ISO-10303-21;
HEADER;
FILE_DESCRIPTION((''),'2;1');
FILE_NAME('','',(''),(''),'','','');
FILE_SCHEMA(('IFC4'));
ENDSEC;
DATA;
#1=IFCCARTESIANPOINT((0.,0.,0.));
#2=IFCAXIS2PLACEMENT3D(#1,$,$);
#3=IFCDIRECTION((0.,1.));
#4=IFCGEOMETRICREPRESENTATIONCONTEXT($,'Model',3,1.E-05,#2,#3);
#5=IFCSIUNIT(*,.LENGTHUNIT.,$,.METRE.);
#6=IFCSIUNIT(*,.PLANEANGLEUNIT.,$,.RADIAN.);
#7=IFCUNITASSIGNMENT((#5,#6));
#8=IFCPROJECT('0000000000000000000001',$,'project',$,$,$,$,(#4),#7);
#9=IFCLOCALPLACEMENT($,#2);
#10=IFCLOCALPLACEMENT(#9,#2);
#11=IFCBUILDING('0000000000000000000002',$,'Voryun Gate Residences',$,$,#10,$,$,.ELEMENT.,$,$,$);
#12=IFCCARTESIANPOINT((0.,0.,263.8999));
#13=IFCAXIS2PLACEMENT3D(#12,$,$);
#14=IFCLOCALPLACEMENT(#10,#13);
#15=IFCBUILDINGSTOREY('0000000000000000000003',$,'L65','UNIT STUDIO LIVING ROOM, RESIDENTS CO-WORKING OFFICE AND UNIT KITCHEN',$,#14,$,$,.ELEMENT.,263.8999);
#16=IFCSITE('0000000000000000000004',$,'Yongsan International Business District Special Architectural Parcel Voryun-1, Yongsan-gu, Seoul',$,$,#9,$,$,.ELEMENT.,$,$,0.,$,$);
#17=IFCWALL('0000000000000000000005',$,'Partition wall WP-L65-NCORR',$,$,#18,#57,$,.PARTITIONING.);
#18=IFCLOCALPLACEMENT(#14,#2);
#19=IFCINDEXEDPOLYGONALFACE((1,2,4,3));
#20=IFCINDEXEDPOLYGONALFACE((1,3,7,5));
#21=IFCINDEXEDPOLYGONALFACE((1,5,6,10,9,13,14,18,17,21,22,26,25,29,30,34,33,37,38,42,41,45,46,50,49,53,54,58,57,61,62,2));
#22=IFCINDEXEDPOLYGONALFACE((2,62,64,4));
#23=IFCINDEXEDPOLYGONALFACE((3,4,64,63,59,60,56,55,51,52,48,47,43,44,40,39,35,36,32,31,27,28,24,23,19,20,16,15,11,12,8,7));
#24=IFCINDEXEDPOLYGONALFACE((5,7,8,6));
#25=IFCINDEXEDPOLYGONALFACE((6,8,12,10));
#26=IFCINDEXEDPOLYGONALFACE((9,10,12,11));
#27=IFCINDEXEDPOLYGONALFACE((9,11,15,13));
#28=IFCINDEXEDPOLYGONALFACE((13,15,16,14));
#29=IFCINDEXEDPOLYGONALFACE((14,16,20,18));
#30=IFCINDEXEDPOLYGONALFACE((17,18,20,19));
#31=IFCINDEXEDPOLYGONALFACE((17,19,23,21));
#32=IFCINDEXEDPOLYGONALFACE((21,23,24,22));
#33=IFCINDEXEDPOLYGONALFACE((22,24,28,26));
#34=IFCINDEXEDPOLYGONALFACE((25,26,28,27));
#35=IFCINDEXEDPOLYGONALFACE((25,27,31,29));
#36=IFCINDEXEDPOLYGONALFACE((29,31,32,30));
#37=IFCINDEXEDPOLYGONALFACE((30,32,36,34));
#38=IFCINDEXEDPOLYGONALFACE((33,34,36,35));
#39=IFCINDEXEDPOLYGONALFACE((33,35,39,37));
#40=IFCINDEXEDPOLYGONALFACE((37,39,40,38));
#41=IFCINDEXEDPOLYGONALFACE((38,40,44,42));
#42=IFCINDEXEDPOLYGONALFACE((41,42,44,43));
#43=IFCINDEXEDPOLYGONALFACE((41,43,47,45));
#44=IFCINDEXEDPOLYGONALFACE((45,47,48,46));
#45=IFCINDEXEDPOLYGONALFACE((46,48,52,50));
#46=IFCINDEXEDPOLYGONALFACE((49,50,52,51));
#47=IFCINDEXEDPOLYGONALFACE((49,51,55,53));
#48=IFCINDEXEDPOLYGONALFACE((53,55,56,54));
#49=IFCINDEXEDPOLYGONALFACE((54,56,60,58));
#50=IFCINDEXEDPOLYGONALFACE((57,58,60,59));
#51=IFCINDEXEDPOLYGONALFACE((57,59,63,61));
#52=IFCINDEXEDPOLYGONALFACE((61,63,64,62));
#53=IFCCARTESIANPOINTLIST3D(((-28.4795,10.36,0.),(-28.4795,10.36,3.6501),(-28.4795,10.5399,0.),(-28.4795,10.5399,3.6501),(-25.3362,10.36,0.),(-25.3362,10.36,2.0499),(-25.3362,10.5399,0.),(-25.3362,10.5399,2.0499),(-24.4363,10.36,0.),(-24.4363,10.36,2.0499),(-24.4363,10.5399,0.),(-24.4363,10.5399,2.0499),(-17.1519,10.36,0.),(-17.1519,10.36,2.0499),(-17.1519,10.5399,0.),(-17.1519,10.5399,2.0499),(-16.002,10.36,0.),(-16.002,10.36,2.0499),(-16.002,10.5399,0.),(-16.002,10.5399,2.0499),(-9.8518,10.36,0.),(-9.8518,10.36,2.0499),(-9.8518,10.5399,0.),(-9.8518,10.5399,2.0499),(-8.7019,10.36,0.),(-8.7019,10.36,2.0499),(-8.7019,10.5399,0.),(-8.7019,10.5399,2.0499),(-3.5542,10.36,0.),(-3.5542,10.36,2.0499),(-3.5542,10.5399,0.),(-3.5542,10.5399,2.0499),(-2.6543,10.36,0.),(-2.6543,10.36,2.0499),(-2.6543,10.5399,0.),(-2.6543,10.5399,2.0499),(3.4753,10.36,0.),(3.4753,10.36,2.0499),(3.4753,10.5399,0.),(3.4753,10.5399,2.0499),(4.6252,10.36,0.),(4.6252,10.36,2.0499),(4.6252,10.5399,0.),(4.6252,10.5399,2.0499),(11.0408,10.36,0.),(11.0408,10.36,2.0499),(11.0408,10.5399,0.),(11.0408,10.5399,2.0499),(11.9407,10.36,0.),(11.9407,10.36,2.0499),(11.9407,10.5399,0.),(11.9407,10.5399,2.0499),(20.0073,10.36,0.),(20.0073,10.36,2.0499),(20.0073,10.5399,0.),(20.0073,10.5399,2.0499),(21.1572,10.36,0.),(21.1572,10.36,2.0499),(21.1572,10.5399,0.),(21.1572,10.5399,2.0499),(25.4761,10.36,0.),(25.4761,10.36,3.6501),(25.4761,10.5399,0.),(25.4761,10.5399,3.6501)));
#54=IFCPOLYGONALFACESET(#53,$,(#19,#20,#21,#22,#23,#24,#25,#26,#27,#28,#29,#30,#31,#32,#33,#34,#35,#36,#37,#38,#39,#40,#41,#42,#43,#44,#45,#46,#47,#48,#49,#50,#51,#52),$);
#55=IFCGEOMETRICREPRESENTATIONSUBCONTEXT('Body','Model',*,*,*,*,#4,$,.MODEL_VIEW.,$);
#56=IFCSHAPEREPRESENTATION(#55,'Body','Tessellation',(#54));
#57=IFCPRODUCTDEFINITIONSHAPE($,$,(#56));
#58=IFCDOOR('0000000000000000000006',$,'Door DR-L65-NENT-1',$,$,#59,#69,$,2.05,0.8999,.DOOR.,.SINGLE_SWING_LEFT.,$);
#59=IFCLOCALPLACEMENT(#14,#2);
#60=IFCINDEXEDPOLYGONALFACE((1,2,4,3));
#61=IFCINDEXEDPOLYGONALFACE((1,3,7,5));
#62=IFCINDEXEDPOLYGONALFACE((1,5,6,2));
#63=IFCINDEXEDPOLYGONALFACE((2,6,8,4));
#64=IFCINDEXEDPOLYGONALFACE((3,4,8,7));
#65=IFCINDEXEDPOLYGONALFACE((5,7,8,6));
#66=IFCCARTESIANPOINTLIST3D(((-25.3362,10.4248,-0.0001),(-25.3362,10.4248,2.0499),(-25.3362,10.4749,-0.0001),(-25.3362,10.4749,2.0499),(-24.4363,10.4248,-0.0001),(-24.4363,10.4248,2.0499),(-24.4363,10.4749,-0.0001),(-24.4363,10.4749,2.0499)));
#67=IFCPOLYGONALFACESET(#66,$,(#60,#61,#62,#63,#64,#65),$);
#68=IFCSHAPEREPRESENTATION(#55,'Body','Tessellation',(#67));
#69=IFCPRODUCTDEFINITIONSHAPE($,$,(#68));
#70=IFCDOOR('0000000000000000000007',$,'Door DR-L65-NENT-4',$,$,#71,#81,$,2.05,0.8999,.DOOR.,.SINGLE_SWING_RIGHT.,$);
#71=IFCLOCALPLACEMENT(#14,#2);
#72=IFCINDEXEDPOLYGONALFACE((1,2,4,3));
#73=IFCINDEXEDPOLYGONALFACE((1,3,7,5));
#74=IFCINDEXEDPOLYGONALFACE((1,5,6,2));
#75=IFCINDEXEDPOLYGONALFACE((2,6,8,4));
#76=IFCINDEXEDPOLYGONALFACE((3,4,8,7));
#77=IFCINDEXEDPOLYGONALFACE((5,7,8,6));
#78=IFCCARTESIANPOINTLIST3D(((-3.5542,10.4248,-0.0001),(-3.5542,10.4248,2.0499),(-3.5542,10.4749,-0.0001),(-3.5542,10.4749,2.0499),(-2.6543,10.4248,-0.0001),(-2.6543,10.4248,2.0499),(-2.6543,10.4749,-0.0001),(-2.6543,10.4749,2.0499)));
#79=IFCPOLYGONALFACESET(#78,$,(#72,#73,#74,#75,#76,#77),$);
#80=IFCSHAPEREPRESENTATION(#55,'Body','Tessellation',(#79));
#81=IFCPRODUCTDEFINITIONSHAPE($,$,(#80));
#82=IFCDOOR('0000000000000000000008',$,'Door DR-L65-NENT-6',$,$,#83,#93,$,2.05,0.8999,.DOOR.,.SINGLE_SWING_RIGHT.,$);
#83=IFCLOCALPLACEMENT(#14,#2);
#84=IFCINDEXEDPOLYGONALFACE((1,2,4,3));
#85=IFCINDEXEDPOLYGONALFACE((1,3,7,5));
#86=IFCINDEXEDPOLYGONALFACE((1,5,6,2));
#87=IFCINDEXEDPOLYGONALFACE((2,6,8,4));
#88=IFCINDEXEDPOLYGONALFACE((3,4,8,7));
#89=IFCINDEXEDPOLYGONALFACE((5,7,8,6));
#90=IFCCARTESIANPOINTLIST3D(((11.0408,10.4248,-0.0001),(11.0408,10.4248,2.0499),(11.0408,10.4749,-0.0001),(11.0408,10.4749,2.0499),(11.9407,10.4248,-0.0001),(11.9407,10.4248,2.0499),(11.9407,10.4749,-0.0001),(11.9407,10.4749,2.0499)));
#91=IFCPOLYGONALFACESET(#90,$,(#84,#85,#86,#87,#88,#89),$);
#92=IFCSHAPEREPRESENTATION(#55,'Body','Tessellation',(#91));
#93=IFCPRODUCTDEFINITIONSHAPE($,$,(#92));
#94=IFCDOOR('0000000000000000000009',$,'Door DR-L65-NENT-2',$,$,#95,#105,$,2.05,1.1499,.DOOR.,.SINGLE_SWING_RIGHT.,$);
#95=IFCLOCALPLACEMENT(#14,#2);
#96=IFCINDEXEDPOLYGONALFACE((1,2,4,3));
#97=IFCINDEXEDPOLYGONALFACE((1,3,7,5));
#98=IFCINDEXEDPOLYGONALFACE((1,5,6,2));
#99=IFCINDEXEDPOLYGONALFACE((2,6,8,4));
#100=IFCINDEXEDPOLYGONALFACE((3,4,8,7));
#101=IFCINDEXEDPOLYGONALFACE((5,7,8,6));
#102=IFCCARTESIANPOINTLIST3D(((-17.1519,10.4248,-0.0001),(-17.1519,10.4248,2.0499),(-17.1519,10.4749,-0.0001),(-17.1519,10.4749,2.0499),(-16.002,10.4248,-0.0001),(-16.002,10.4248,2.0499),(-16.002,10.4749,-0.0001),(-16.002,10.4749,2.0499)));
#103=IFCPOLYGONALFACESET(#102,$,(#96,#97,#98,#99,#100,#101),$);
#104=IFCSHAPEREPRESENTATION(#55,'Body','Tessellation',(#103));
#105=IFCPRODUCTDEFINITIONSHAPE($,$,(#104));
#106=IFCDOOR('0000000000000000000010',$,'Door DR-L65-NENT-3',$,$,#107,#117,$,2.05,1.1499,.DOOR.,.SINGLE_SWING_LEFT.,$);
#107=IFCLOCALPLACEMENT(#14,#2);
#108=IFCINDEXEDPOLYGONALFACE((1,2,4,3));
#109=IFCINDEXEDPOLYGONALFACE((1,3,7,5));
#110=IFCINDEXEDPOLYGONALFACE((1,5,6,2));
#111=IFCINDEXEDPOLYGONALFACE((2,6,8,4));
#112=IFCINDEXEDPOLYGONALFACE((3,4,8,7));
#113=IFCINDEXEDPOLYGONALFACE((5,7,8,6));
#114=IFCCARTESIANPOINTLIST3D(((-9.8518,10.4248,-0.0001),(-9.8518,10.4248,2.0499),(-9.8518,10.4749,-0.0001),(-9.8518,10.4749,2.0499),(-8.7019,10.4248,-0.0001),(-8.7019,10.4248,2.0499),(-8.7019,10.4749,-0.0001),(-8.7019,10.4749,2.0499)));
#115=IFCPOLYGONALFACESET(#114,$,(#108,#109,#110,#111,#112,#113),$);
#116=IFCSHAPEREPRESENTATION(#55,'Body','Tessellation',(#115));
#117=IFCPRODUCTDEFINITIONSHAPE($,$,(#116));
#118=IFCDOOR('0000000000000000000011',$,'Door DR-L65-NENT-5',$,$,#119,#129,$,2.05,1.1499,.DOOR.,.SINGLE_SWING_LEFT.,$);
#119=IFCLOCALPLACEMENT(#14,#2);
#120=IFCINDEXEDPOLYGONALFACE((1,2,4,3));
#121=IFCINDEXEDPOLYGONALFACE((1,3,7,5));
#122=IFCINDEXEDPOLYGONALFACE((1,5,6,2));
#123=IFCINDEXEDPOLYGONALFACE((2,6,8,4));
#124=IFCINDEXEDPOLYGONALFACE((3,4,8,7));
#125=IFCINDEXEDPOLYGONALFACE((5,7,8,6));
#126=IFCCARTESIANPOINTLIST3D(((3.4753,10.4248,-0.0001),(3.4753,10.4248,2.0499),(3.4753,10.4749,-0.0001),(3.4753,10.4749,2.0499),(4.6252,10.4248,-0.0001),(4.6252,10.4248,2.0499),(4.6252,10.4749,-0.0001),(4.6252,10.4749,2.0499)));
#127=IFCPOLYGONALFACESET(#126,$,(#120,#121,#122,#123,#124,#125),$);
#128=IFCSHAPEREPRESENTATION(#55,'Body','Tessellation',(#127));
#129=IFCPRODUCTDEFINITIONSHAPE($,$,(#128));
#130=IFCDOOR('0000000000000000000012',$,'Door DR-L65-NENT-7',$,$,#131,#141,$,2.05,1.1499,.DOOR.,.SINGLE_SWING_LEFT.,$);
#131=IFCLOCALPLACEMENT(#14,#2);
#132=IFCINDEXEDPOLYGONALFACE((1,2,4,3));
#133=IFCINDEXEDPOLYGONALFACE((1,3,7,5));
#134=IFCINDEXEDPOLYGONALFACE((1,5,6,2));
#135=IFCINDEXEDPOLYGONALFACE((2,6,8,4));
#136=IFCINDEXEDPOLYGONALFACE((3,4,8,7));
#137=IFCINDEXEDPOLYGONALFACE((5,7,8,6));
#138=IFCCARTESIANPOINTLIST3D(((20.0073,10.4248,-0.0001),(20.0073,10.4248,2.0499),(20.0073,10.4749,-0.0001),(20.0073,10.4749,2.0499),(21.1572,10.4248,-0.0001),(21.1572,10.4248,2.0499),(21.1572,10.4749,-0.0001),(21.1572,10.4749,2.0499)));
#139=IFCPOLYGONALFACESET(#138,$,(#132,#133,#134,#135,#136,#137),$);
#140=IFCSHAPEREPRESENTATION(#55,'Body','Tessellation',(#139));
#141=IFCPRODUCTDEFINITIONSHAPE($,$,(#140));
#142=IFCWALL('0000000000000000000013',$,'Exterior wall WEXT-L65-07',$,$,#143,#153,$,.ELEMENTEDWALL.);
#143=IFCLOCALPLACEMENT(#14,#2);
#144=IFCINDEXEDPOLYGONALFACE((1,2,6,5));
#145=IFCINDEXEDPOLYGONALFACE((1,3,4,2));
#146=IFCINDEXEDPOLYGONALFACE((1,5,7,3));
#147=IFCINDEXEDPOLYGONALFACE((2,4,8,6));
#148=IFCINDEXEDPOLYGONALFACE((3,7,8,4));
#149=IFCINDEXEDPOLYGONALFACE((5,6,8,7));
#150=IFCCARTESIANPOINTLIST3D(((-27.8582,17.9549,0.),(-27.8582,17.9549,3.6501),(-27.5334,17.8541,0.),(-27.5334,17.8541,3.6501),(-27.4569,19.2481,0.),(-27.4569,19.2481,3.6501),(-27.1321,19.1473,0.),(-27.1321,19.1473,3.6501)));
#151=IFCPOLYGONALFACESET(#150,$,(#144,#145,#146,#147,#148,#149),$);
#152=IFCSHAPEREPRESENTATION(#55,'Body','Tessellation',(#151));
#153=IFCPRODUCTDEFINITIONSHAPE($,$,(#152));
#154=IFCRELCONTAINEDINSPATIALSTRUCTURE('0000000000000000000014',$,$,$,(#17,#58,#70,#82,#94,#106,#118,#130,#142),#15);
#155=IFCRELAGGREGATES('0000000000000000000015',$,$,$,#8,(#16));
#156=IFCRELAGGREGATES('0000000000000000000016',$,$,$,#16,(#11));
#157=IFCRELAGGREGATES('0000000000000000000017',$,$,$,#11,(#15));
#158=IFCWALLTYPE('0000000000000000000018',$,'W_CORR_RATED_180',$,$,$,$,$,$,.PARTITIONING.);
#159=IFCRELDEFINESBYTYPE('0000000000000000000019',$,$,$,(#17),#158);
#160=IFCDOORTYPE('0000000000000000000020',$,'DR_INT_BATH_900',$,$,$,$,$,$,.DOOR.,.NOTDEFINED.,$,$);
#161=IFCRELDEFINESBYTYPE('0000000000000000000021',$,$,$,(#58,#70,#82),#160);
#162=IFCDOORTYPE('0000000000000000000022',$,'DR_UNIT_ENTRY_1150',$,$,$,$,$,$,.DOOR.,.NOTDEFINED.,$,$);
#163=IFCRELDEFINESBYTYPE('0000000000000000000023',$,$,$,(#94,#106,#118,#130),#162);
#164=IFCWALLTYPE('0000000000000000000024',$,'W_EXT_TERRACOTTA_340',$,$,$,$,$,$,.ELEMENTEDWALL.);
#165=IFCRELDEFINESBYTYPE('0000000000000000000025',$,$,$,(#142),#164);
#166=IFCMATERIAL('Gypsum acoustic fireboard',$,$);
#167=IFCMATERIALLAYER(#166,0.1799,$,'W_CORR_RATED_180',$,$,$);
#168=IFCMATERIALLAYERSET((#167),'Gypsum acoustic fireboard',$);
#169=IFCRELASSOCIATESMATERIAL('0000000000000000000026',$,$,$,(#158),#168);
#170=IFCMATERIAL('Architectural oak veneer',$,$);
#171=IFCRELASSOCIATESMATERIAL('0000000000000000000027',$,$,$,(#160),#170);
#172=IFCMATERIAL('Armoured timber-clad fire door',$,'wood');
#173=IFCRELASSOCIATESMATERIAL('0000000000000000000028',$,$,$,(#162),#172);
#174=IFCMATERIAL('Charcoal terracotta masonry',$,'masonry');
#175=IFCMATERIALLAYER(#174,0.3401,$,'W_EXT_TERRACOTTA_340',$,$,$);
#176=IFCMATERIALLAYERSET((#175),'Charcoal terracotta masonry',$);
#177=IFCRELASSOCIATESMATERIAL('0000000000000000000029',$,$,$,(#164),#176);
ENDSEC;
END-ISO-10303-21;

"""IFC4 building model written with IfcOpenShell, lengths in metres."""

from ifc_helpers import new_model, si_unit, direction, frame, frame_2d, origin, place, context, subcontext, project, spatial, rectangle, extrude, material, layer, layer_set, type_object, element, fill, save


model = new_model("IFC4")

# Units and contexts
model_context = context("Model", 3, precision=1e-05, world=origin(), true_north=direction((0.0, 1.0)))
body_context = subcontext(model_context, "Body", "Model", "MODEL_VIEW")
ifc_project = project(units=[si_unit("LENGTHUNIT", "METRE"), si_unit("PLANEANGLEUNIT", "RADIAN")], contexts=[model_context])

# Site, building, storey
site_placement = place(None, origin())
site = spatial("IfcSite", under=ifc_project, at=site_placement, Name="Yongsan International Business District Special Architectural Parcel Voryun-1, Yongsan-gu, Seoul", CompositionType="ELEMENT", RefElevation=0.0)
building_placement = place(site_placement, origin())
building = spatial("IfcBuilding", under=site, at=building_placement, Name="Voryun Gate Residences", CompositionType="ELEMENT")
storey_placement = place(building_placement, frame((0.0, 0.0, 263.8999)))
storey = spatial("IfcBuildingStorey", under=building, at=storey_placement, Name="L65", Description="UNIT STUDIO LIVING ROOM, RESIDENTS CO-WORKING OFFICE AND UNIT KITCHEN", CompositionType="ELEMENT", Elevation=263.8999)

# Wall, openings, doors
ifc_material_1 = material(Name="Gypsum acoustic fireboard")
ifc_layer_1 = layer(ifc_material_1, 0.1799, Name="W_CORR_RATED_180")
ifc_layer_set_1 = layer_set([ifc_layer_1], Name="Gypsum acoustic fireboard")
wall_type_1 = type_object("IfcWallType", Name="W_CORR_RATED_180", PredefinedType="PARTITIONING", material=ifc_layer_set_1)
wall_1_placement = place(storey_placement, frame((-28.4795, 10.45, 0.0), z_axis=(0.0, 0.0, 1.0), x_axis=(1.0, 0.0, 0.0)))
wall_1 = element("IfcWall", 1, at=wall_1_placement, inside=storey, type_object=wall_type_1, Name="Partition wall WP-L65-NCORR", PredefinedType="PARTITIONING", context=body_context, shape_type="SweptSolid", body=[
    extrude(rectangle(XDim=53.9556, YDim=0.1799, at=frame_2d((26.9778, 0.0))), origin(), (0.0, 0.0, 1.0), 3.6501),
])
opening_1_placement = place(wall_1_placement, frame((3.1433, 0.0, 0.0)))
opening_1 = element("IfcOpeningElement", 2, at=opening_1_placement, cuts=wall_1, PredefinedType="OPENING", context=body_context, shape_type="SweptSolid", body=[
    extrude(rectangle(XDim=0.8999, YDim=2.05, at=frame_2d((0.45, 1.0249))), frame((0.0, 0.0999, 0.0), z_axis=(0.0, -1.0, 0.0), x_axis=(1.0, 0.0, 0.0)), (0.0, 0.0, 1.0), 0.2),
])
opening_2_placement = place(wall_1_placement, frame((11.3276, 0.0, 0.0)))
opening_2 = element("IfcOpeningElement", 3, at=opening_2_placement, cuts=wall_1, PredefinedType="OPENING", context=body_context, shape_type="SweptSolid", body=[
    extrude(rectangle(XDim=1.1499, YDim=2.05, at=frame_2d((0.575, 1.0249))), frame((0.0, 0.0999, 0.0), z_axis=(0.0, -1.0, 0.0), x_axis=(1.0, 0.0, 0.0)), (0.0, 0.0, 1.0), 0.2),
])
opening_3_placement = place(wall_1_placement, frame((18.6277, 0.0, 0.0)))
opening_3 = element("IfcOpeningElement", 4, at=opening_3_placement, cuts=wall_1, PredefinedType="OPENING", context=body_context, shape_type="SweptSolid", body=[
    extrude(rectangle(XDim=1.1499, YDim=2.05, at=frame_2d((0.575, 1.0249))), frame((0.0, 0.0999, 0.0), z_axis=(0.0, -1.0, 0.0), x_axis=(1.0, 0.0, 0.0)), (0.0, 0.0, 1.0), 0.2),
])
opening_4_placement = place(wall_1_placement, frame((24.9253, 0.0, 0.0)))
opening_4 = element("IfcOpeningElement", 5, at=opening_4_placement, cuts=wall_1, PredefinedType="OPENING", context=body_context, shape_type="SweptSolid", body=[
    extrude(rectangle(XDim=0.8999, YDim=2.05, at=frame_2d((0.45, 1.0249))), frame((0.0, 0.0999, 0.0), z_axis=(0.0, -1.0, 0.0), x_axis=(1.0, 0.0, 0.0)), (0.0, 0.0, 1.0), 0.2),
])
opening_5_placement = place(wall_1_placement, frame((31.9548, 0.0, 0.0)))
opening_5 = element("IfcOpeningElement", 6, at=opening_5_placement, cuts=wall_1, PredefinedType="OPENING", context=body_context, shape_type="SweptSolid", body=[
    extrude(rectangle(XDim=1.1499, YDim=2.05, at=frame_2d((0.575, 1.0249))), frame((0.0, 0.0999, 0.0), z_axis=(0.0, -1.0, 0.0), x_axis=(1.0, 0.0, 0.0)), (0.0, 0.0, 1.0), 0.2),
])
opening_6_placement = place(wall_1_placement, frame((39.5203, 0.0, 0.0)))
opening_6 = element("IfcOpeningElement", 7, at=opening_6_placement, cuts=wall_1, PredefinedType="OPENING", context=body_context, shape_type="SweptSolid", body=[
    extrude(rectangle(XDim=0.8999, YDim=2.05, at=frame_2d((0.45, 1.0249))), frame((0.0, 0.0999, 0.0), z_axis=(0.0, -1.0, 0.0), x_axis=(1.0, 0.0, 0.0)), (0.0, 0.0, 1.0), 0.2),
])
opening_7_placement = place(wall_1_placement, frame((48.4868, 0.0, 0.0)))
opening_7 = element("IfcOpeningElement", 8, at=opening_7_placement, cuts=wall_1, PredefinedType="OPENING", context=body_context, shape_type="SweptSolid", body=[
    extrude(rectangle(XDim=1.1499, YDim=2.05, at=frame_2d((0.575, 1.0249))), frame((0.0, 0.0999, 0.0), z_axis=(0.0, -1.0, 0.0), x_axis=(1.0, 0.0, 0.0)), (0.0, 0.0, 1.0), 0.2),
])
ifc_material_2 = material(Name="Architectural oak veneer")
door_type_1 = type_object("IfcDoorType", Name="DR_INT_BATH_900", OperationType="NOTDEFINED", PredefinedType="DOOR", material=ifc_material_2)
door_1_placement = place(opening_1_placement, origin())
door_1 = element("IfcDoor", 9, at=door_1_placement, inside=storey, type_object=door_type_1, Name="Door DR-L65-NENT-1", OperationType="SINGLE_SWING_LEFT", OverallHeight=2.05, OverallWidth=0.8999, PredefinedType="DOOR", context=body_context, shape_type="SweptSolid", body=[
    extrude(rectangle(XDim=0.8999, YDim=2.05, at=frame_2d((0.45, 1.0249))), frame((0.0, 0.0249, 0.0), z_axis=(0.0, -1.0, 0.0), x_axis=(1.0, 0.0, 0.0)), (0.0, 0.0, 1.0), 0.05),
])
fill(opening_1, door_1)
door_2_placement = place(opening_4_placement, origin())
door_2 = element("IfcDoor", 10, at=door_2_placement, inside=storey, type_object=door_type_1, Name="Door DR-L65-NENT-4", OperationType="SINGLE_SWING_RIGHT", OverallHeight=2.05, OverallWidth=0.8999, PredefinedType="DOOR", context=body_context, shape_type="SweptSolid", body=[
    extrude(rectangle(XDim=0.8999, YDim=2.05, at=frame_2d((0.45, 1.0249))), frame((0.0, 0.0249, 0.0), z_axis=(0.0, -1.0, 0.0), x_axis=(1.0, 0.0, 0.0)), (0.0, 0.0, 1.0), 0.05),
])
fill(opening_4, door_2)
door_3_placement = place(opening_6_placement, origin())
door_3 = element("IfcDoor", 11, at=door_3_placement, inside=storey, type_object=door_type_1, Name="Door DR-L65-NENT-6", OperationType="SINGLE_SWING_RIGHT", OverallHeight=2.05, OverallWidth=0.8999, PredefinedType="DOOR", context=body_context, shape_type="SweptSolid", body=[
    extrude(rectangle(XDim=0.8999, YDim=2.05, at=frame_2d((0.45, 1.0249))), frame((0.0, 0.0249, 0.0), z_axis=(0.0, -1.0, 0.0), x_axis=(1.0, 0.0, 0.0)), (0.0, 0.0, 1.0), 0.05),
])
fill(opening_6, door_3)
ifc_material_3 = material(Name="Armoured timber-clad fire door", Category="wood")
door_type_2 = type_object("IfcDoorType", Name="DR_UNIT_ENTRY_1150", OperationType="NOTDEFINED", PredefinedType="DOOR", material=ifc_material_3)
door_4_placement = place(opening_2_placement, origin())
door_4 = element("IfcDoor", 12, at=door_4_placement, inside=storey, type_object=door_type_2, Name="Door DR-L65-NENT-2", OperationType="SINGLE_SWING_RIGHT", OverallHeight=2.05, OverallWidth=1.1499, PredefinedType="DOOR", context=body_context, shape_type="SweptSolid", body=[
    extrude(rectangle(XDim=1.1499, YDim=2.05, at=frame_2d((0.575, 1.0249))), frame((0.0, 0.0249, 0.0), z_axis=(0.0, -1.0, 0.0), x_axis=(1.0, 0.0, 0.0)), (0.0, 0.0, 1.0), 0.05),
])
fill(opening_2, door_4)
door_5_placement = place(opening_3_placement, origin())
door_5 = element("IfcDoor", 13, at=door_5_placement, inside=storey, type_object=door_type_2, Name="Door DR-L65-NENT-3", OperationType="SINGLE_SWING_LEFT", OverallHeight=2.05, OverallWidth=1.1499, PredefinedType="DOOR", context=body_context, shape_type="SweptSolid", body=[
    extrude(rectangle(XDim=1.1499, YDim=2.05, at=frame_2d((0.575, 1.0249))), frame((0.0, 0.0249, 0.0), z_axis=(0.0, -1.0, 0.0), x_axis=(1.0, 0.0, 0.0)), (0.0, 0.0, 1.0), 0.05),
])
fill(opening_3, door_5)
door_6_placement = place(opening_5_placement, origin())
door_6 = element("IfcDoor", 14, at=door_6_placement, inside=storey, type_object=door_type_2, Name="Door DR-L65-NENT-5", OperationType="SINGLE_SWING_LEFT", OverallHeight=2.05, OverallWidth=1.1499, PredefinedType="DOOR", context=body_context, shape_type="SweptSolid", body=[
    extrude(rectangle(XDim=1.1499, YDim=2.05, at=frame_2d((0.575, 1.0249))), frame((0.0, 0.0249, 0.0), z_axis=(0.0, -1.0, 0.0), x_axis=(1.0, 0.0, 0.0)), (0.0, 0.0, 1.0), 0.05),
])
fill(opening_5, door_6)
door_7_placement = place(opening_7_placement, origin())
door_7 = element("IfcDoor", 15, at=door_7_placement, inside=storey, type_object=door_type_2, Name="Door DR-L65-NENT-7", OperationType="SINGLE_SWING_LEFT", OverallHeight=2.05, OverallWidth=1.1499, PredefinedType="DOOR", context=body_context, shape_type="SweptSolid", body=[
    extrude(rectangle(XDim=1.1499, YDim=2.05, at=frame_2d((0.575, 1.0249))), frame((0.0, 0.0249, 0.0), z_axis=(0.0, -1.0, 0.0), x_axis=(1.0, 0.0, 0.0)), (0.0, 0.0, 1.0), 0.05),
])
fill(opening_7, door_7)

# Wall
ifc_material_4 = material(Name="Charcoal terracotta masonry", Category="masonry")
ifc_layer_2 = layer(ifc_material_4, 0.3401, Name="W_EXT_TERRACOTTA_340")
ifc_layer_set_2 = layer_set([ifc_layer_2], Name="Charcoal terracotta masonry")
wall_type_2 = type_object("IfcWallType", Name="W_EXT_TERRACOTTA_340", PredefinedType="ELEMENTEDWALL", material=ifc_layer_set_2)
wall_2_placement = place(storey_placement, frame((-27.6958, 17.9045, 0.0), z_axis=(0.0, 0.0, 1.0), x_axis=(0.296416, 0.955059, 0.0)))
element("IfcWall", 16, at=wall_2_placement, inside=storey, type_object=wall_type_2, Name="Exterior wall WEXT-L65-07", PredefinedType="ELEMENTEDWALL", context=body_context, shape_type="SweptSolid", body=[
    extrude(rectangle(XDim=1.354, YDim=0.3401, at=frame_2d((0.677, 0.0))), origin(), (0.0, 0.0, 1.0), 3.6501),
])

save(model, "model.ifc")
